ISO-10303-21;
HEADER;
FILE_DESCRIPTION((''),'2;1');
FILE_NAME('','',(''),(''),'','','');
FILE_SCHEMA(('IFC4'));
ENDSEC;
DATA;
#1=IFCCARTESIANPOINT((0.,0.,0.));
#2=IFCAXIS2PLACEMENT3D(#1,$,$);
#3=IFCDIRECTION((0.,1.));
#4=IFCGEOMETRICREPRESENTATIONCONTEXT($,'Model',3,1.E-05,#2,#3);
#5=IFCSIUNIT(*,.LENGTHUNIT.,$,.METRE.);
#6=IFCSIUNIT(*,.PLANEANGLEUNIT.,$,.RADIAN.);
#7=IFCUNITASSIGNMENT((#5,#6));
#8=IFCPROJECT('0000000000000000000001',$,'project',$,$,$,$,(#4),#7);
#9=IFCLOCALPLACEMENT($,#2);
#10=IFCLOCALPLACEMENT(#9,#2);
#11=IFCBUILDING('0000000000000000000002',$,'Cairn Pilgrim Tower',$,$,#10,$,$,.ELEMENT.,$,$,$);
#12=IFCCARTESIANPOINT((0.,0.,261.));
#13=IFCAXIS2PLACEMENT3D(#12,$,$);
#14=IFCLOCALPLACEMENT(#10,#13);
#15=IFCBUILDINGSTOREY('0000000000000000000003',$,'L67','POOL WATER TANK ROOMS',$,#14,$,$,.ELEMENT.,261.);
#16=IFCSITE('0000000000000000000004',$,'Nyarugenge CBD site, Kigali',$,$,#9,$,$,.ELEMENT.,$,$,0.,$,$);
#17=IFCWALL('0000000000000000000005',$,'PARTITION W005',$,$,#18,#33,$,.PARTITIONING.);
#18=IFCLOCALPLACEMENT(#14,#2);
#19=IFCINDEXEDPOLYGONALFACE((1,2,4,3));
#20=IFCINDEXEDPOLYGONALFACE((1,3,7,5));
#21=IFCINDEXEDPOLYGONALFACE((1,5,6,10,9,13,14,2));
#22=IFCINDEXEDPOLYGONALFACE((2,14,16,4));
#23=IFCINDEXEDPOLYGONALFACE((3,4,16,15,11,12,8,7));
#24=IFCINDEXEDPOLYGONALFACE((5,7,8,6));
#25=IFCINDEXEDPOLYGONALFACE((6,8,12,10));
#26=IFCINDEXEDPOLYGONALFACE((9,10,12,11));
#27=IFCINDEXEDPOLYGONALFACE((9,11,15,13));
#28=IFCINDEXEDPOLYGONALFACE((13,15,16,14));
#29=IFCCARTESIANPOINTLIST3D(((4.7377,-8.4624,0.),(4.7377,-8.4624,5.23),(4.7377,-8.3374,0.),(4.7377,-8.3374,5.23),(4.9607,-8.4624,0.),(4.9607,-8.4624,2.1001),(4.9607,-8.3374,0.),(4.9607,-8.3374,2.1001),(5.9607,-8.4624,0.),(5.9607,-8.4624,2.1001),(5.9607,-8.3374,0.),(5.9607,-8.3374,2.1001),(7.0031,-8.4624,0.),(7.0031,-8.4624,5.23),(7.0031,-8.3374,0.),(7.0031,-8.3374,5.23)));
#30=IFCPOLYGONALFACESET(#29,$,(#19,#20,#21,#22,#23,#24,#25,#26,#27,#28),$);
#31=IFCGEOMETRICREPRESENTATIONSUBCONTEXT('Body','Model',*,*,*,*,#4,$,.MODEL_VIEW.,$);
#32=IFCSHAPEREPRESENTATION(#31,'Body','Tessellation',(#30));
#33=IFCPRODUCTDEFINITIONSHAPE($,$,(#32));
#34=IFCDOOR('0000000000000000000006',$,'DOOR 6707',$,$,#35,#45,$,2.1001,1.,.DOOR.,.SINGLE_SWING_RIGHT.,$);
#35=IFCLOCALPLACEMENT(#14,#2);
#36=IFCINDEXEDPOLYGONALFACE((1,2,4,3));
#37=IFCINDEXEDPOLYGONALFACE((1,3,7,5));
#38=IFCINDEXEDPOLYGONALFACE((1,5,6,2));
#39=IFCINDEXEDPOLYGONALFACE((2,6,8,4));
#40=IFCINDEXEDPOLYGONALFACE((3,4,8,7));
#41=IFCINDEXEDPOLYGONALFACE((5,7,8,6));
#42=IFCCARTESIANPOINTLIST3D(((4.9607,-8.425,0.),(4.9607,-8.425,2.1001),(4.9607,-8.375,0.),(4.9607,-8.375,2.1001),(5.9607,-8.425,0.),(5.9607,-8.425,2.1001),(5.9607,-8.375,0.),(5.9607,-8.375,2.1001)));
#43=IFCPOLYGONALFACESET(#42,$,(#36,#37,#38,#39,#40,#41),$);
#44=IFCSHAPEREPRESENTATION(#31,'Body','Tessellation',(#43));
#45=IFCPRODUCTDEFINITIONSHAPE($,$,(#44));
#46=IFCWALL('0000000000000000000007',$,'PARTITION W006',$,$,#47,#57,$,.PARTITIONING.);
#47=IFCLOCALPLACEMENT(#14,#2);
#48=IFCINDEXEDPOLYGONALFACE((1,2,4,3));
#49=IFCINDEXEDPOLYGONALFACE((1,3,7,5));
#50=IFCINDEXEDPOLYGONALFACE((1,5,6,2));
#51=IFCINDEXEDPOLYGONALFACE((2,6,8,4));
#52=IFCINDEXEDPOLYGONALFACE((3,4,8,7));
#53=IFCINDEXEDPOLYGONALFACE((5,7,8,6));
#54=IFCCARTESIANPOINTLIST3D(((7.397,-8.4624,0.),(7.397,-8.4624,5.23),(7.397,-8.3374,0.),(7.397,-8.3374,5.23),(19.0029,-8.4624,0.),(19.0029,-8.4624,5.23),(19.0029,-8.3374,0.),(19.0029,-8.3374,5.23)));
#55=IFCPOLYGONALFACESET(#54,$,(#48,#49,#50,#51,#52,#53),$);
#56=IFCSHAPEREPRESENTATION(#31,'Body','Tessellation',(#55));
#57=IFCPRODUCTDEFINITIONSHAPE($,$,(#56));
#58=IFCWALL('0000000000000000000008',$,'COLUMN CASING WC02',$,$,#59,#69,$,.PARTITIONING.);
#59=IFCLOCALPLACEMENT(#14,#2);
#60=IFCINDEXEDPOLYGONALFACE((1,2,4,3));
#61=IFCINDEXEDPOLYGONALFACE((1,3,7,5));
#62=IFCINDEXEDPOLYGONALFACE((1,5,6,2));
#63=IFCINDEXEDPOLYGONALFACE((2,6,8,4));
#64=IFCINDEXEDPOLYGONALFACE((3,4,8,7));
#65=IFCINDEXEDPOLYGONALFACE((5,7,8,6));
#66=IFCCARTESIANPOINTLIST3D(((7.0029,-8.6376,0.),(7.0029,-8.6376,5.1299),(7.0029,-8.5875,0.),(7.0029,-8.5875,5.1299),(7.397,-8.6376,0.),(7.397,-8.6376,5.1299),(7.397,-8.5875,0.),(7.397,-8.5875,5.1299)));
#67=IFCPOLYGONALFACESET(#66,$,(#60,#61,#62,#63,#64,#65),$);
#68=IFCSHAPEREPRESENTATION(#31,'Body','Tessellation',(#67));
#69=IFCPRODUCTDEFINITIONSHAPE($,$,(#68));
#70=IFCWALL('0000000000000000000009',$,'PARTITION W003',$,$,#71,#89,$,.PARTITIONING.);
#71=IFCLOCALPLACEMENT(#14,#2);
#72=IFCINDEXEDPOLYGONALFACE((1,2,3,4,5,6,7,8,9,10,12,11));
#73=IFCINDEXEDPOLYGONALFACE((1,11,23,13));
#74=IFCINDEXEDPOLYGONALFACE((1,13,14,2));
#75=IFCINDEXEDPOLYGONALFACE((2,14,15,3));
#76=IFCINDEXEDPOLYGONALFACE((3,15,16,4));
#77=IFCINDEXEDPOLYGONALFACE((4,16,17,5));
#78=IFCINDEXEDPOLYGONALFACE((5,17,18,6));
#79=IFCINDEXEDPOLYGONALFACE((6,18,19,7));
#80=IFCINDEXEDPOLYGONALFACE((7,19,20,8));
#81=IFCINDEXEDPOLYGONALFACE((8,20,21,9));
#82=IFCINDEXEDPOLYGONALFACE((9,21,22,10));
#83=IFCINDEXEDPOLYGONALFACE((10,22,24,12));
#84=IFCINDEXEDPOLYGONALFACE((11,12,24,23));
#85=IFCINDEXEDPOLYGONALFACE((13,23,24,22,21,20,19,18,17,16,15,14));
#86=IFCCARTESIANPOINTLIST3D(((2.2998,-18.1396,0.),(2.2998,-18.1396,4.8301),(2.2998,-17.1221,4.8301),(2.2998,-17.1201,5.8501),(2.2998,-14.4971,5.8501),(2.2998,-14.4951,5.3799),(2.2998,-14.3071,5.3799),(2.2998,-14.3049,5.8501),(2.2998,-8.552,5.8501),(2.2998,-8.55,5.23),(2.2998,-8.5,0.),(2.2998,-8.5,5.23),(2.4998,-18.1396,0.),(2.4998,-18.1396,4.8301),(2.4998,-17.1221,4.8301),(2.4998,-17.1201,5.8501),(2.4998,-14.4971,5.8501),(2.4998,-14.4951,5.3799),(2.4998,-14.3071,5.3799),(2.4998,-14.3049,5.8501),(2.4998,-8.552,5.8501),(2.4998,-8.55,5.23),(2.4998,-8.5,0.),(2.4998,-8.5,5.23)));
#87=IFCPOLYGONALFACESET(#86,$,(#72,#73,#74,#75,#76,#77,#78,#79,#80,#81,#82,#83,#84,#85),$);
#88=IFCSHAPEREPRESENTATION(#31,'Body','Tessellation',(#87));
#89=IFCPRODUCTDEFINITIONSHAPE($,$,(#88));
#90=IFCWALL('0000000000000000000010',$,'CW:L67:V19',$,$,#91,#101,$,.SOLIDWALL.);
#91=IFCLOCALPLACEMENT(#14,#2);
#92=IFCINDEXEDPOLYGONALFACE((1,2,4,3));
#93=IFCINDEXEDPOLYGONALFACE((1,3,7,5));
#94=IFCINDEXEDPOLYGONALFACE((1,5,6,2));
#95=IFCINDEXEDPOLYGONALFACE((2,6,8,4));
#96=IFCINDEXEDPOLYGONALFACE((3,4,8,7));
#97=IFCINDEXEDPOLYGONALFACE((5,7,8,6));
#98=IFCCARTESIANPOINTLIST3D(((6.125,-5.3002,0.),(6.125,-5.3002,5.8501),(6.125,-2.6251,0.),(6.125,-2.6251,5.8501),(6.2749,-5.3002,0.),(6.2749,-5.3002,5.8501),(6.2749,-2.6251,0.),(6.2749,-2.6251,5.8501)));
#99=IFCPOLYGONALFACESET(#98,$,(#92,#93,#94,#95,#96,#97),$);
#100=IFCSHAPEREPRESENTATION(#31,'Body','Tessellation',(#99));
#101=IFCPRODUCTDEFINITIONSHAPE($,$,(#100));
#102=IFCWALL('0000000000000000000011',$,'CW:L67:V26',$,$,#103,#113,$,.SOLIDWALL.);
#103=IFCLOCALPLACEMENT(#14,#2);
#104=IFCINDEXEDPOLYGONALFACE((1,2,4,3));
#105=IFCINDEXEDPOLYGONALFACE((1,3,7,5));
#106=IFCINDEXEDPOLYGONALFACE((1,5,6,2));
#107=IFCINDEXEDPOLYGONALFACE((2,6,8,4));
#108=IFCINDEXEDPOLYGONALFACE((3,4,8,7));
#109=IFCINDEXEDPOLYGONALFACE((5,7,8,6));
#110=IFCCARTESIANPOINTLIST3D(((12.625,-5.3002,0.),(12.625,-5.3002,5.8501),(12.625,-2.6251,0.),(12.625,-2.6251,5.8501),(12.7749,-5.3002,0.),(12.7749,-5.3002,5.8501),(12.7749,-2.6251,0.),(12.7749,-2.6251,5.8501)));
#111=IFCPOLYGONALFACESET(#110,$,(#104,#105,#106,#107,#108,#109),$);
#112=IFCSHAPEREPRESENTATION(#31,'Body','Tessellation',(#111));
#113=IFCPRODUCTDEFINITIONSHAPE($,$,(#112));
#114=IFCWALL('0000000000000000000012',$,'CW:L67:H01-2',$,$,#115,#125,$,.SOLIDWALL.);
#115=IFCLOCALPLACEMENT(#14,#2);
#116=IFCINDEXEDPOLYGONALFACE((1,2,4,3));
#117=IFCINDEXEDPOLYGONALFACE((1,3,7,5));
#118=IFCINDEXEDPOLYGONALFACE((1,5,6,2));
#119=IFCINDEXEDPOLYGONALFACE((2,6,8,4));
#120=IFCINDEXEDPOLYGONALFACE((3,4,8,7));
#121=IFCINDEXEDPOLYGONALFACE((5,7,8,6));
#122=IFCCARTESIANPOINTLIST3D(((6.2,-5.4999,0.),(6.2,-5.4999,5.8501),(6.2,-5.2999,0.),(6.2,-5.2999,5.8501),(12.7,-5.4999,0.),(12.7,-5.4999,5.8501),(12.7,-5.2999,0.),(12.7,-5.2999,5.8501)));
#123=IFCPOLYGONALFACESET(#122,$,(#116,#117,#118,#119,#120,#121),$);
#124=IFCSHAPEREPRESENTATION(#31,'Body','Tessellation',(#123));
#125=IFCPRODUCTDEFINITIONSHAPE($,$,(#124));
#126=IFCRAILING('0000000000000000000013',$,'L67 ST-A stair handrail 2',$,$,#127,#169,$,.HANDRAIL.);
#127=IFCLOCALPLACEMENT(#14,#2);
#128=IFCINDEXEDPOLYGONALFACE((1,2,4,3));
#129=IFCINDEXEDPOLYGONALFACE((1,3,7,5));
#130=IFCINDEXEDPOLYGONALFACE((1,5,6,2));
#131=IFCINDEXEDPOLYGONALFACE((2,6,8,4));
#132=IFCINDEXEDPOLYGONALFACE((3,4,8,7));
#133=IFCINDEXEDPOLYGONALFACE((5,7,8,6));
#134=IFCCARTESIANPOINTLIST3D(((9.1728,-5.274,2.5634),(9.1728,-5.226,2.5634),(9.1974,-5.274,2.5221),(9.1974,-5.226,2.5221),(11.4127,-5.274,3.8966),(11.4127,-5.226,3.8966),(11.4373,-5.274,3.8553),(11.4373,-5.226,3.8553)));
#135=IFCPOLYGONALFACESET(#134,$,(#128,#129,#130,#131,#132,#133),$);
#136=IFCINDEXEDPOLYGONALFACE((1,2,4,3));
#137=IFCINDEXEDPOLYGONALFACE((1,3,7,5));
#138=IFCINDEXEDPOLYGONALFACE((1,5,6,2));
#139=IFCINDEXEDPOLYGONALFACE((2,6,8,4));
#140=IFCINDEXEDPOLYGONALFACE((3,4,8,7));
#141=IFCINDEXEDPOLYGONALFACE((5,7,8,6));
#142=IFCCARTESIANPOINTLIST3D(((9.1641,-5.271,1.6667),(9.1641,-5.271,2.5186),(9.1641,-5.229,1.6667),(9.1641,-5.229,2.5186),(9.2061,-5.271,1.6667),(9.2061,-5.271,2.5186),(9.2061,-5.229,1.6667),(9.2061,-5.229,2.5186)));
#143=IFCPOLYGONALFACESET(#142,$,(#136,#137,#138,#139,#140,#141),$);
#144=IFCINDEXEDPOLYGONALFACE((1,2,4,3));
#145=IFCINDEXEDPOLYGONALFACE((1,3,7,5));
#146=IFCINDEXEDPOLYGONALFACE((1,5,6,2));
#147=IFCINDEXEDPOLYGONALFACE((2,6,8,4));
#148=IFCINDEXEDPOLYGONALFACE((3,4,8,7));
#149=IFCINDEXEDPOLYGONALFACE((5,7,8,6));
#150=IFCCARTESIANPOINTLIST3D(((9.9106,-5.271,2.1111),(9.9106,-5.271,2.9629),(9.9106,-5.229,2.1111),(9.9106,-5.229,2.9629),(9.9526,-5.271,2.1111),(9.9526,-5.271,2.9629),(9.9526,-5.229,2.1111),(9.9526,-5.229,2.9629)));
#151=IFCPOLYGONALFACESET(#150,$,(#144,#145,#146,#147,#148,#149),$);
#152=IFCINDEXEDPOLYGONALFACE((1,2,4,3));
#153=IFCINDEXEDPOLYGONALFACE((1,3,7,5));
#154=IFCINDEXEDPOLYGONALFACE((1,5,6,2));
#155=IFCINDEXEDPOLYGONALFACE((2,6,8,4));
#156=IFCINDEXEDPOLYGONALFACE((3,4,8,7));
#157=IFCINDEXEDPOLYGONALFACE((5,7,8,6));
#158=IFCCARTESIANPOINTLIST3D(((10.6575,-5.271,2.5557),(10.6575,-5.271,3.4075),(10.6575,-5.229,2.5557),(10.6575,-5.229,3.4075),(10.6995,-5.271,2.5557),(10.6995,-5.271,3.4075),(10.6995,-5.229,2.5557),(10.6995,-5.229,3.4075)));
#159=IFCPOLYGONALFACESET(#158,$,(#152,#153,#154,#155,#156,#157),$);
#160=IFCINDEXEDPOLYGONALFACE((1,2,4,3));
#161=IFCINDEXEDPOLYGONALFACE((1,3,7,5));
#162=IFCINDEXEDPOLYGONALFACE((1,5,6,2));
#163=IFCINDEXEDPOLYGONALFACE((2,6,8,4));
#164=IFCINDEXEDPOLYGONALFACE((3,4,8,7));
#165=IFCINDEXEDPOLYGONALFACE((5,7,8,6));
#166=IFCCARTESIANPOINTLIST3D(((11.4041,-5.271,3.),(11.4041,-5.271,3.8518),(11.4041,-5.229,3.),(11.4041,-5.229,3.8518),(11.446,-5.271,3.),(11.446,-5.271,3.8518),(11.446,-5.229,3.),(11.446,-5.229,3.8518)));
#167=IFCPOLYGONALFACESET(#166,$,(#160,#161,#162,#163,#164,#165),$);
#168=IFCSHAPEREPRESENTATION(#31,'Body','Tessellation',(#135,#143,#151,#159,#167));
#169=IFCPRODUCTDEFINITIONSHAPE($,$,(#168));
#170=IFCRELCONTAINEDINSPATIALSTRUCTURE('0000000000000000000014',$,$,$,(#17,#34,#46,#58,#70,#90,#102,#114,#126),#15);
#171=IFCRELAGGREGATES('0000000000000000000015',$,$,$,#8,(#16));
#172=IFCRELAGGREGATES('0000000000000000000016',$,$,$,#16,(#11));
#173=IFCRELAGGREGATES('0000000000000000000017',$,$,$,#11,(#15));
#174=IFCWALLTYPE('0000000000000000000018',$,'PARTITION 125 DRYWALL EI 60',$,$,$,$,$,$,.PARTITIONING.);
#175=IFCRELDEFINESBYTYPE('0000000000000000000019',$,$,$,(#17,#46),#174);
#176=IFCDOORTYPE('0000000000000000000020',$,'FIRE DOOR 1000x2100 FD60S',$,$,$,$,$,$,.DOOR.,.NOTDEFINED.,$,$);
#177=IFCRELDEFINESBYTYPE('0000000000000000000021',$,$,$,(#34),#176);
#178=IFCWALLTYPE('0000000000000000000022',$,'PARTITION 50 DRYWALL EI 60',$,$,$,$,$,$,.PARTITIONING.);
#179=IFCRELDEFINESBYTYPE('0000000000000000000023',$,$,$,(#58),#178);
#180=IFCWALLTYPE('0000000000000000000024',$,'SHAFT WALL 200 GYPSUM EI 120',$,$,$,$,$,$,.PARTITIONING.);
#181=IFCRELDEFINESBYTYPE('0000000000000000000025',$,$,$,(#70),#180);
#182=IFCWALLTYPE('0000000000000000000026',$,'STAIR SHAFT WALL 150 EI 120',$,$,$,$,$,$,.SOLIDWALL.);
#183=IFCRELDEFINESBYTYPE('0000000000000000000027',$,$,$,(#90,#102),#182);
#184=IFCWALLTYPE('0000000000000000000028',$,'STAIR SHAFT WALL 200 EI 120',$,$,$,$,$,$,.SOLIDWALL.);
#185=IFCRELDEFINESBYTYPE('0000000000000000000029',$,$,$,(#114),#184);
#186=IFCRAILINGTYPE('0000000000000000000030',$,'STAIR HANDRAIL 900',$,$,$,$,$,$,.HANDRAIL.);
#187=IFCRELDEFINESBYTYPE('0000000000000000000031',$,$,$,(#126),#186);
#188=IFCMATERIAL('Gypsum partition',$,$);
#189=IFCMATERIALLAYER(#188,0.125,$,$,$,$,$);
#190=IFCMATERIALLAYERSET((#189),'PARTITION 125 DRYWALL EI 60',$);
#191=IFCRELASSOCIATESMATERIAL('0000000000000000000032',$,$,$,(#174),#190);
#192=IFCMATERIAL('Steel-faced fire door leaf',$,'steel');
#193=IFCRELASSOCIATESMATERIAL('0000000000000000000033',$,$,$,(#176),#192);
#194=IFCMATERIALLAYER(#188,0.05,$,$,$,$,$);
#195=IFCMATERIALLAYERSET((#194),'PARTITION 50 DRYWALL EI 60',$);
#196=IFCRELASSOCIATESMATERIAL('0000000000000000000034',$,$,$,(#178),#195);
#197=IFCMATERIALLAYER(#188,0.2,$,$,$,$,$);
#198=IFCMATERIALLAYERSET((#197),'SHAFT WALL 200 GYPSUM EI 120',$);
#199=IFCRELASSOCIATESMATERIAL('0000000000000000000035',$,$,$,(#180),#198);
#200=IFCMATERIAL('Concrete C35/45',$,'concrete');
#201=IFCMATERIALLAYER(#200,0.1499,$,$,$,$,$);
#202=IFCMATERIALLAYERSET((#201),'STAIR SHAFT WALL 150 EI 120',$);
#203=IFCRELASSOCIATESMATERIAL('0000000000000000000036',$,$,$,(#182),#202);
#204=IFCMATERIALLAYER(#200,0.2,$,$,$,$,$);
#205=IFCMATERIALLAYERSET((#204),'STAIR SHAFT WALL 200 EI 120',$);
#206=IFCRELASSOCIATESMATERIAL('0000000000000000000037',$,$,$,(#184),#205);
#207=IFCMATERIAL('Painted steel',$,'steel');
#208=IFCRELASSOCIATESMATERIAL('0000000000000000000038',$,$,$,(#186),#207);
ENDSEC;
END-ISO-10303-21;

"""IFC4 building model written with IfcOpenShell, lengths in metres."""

from ifc_helpers import new_model, si_unit, direction, frame, frame_2d, origin, origin_2d, place, context, subcontext, project, spatial, polyline, rectangle, outline, extrude, material, layer, layer_set, type_object, element, fill, save


model = new_model("IFC4")

# Units and contexts
model_context = context("Model", 3, precision=1e-05, world=origin(), true_north=direction((0.0, 1.0)))
body_context = subcontext(model_context, "Body", "Model", "MODEL_VIEW")
ifc_project = project(units=[si_unit("LENGTHUNIT", "METRE"), si_unit("PLANEANGLEUNIT", "RADIAN")], contexts=[model_context])

# Site, building, storey
site_placement = place(None, origin())
site = spatial("IfcSite", under=ifc_project, at=site_placement, Name="Nyarugenge CBD site, Kigali", CompositionType="ELEMENT", RefElevation=0.0)
building_placement = place(site_placement, origin())
building = spatial("IfcBuilding", under=site, at=building_placement, Name="Cairn Pilgrim Tower", CompositionType="ELEMENT")
storey_placement = place(building_placement, frame((0.0, 0.0, 261.0)))
storey = spatial("IfcBuildingStorey", under=building, at=storey_placement, Name="L67", Description="POOL WATER TANK ROOMS", CompositionType="ELEMENT", Elevation=261.0)

# Shared definitions
ifc_material_1 = material(Name="Painted steel", Category="steel")

# Wall, opening, door
ifc_material_2 = material(Name="Gypsum partition")
ifc_layer_1 = layer(ifc_material_2, 0.125)
ifc_layer_set_1 = layer_set([ifc_layer_1], Name="PARTITION 125 DRYWALL EI 60")
wall_type_1 = type_object("IfcWallType", Name="PARTITION 125 DRYWALL EI 60", PredefinedType="PARTITIONING", material=ifc_layer_set_1)
wall_1_placement = place(storey_placement, frame((4.7375, -8.3999, 0.0), z_axis=(0.0, 0.0, 1.0), x_axis=(1.0, 0.0, 0.0)))
wall_1 = element("IfcWall", 1, at=wall_1_placement, inside=storey, type_object=wall_type_1, Name="PARTITION W005", PredefinedType="PARTITIONING", context=body_context, shape_type="SweptSolid", body=[
    extrude(rectangle(XDim=2.2654, YDim=0.125, at=frame_2d((1.1328, 0.0))), origin(), (0.0, 0.0, 1.0), 5.23),
])
opening_1_placement = place(wall_1_placement, frame((0.2231, 0.0, 0.0)))
opening_1 = element("IfcOpeningElement", 2, at=opening_1_placement, cuts=wall_1, PredefinedType="OPENING", context=body_context, shape_type="SweptSolid", body=[
    extrude(rectangle(XDim=1.0, YDim=2.1001, at=frame_2d((0.5, 1.05))), frame((0.0, 0.0725, 0.0), z_axis=(0.0, -1.0, 0.0), x_axis=(1.0, 0.0, 0.0)), (0.0, 0.0, 1.0), 0.145),
])
ifc_material_3 = material(Name="Steel-faced fire door leaf", Category="steel")
door_type_1 = type_object("IfcDoorType", Name="FIRE DOOR 1000x2100 FD60S", OperationType="NOTDEFINED", PredefinedType="DOOR", material=ifc_material_3)
door_1_placement = place(opening_1_placement, origin())
door_1 = element("IfcDoor", 3, at=door_1_placement, inside=storey, type_object=door_type_1, Name="DOOR 6707", OperationType="SINGLE_SWING_RIGHT", OverallHeight=2.1001, OverallWidth=1.0, PredefinedType="DOOR", context=body_context, shape_type="SweptSolid", body=[
    extrude(rectangle(XDim=1.0, YDim=2.1001, at=frame_2d((0.5, 1.05))), frame((0.0, 0.0249, 0.0), z_axis=(0.0, -1.0, 0.0), x_axis=(1.0, 0.0, 0.0)), (0.0, 0.0, 1.0), 0.05),
])
fill(opening_1, door_1)

# Walls
wall_2_placement = place(storey_placement, frame((7.397, -8.3999, 0.0), z_axis=(0.0, 0.0, 1.0), x_axis=(1.0, 0.0, 0.0)))
element("IfcWall", 4, at=wall_2_placement, inside=storey, type_object=wall_type_1, Name="PARTITION W006", PredefinedType="PARTITIONING", context=body_context, shape_type="SweptSolid", body=[
    extrude(rectangle(XDim=11.606, YDim=0.125, at=frame_2d((5.803, 0.0))), origin(), (0.0, 0.0, 1.0), 5.23),
])
ifc_layer_2 = layer(ifc_material_2, 0.05)
ifc_layer_set_2 = layer_set([ifc_layer_2], Name="PARTITION 50 DRYWALL EI 60")
wall_type_2 = type_object("IfcWallType", Name="PARTITION 50 DRYWALL EI 60", PredefinedType="PARTITIONING", material=ifc_layer_set_2)
wall_3_placement = place(storey_placement, frame((7.0029, -8.6125, 0.0), z_axis=(0.0, 0.0, 1.0), x_axis=(1.0, 0.0, 0.0)))
element("IfcWall", 5, at=wall_3_placement, inside=storey, type_object=wall_type_2, Name="COLUMN CASING WC02", PredefinedType="PARTITIONING", context=body_context, shape_type="SweptSolid", body=[
    extrude(rectangle(XDim=0.394, YDim=0.05, at=frame_2d((0.197, 0.0))), origin(), (0.0, 0.0, 1.0), 5.1299),
])
ifc_layer_3 = layer(ifc_material_2, 0.2)
ifc_layer_set_3 = layer_set([ifc_layer_3], Name="SHAFT WALL 200 GYPSUM EI 120")
wall_type_3 = type_object("IfcWallType", Name="SHAFT WALL 200 GYPSUM EI 120", PredefinedType="PARTITIONING", material=ifc_layer_set_3)
wall_4_placement = place(storey_placement, frame((2.3999, -18.1396, 0.0), z_axis=(0.0, 0.0, 1.0), x_axis=(0.0, 1.0, 0.0)))
element("IfcWall", 6, at=wall_4_placement, inside=storey, type_object=wall_type_3, Name="PARTITION W003", PredefinedType="PARTITIONING", context=body_context, shape_type="SweptSolid", body=[
    extrude(outline(polyline([(0.0, 0.0), (9.6396, 0.0), (9.6396, 5.23), (9.5896, 5.23), (9.5876, 5.8501), (3.8347, 5.8501), (3.8325, 5.3799), (3.6445, 5.3799), (3.6426, 5.8501), (1.0195, 5.8501), (1.0176, 4.8301), (0.0, 4.8301), (0.0, 0.0)])), frame((0.0, 0.1001, 0.0), z_axis=(0.0, -1.0, 0.0), x_axis=(1.0, 0.0, 0.0)), (0.0, 0.0, 1.0), 0.2),
])
ifc_material_4 = material(Name="Concrete C35/45", Category="concrete")
ifc_layer_4 = layer(ifc_material_4, 0.1499)
ifc_layer_set_4 = layer_set([ifc_layer_4], Name="STAIR SHAFT WALL 150 EI 120")
wall_type_4 = type_object("IfcWallType", Name="STAIR SHAFT WALL 150 EI 120", PredefinedType="SOLIDWALL", material=ifc_layer_set_4)
for number, where, z_axis, x_axis, name in (
    (7, (6.2, -5.3, 0.0), (0.0, 0.0, 1.0), (0.0, 1.0, 0.0), "CW:L67:V19"),
    (8, (12.7, -5.3, 0.0), (0.0, 0.0, 1.0), (0.0, 1.0, 0.0), "CW:L67:V26"),
):
    element("IfcWall", number, at=place(storey_placement, frame(where, z_axis=z_axis, x_axis=x_axis)), inside=storey, type_object=wall_type_4, Name=name, PredefinedType="SOLIDWALL", context=body_context, shape_type="SweptSolid", body=[
        extrude(rectangle(XDim=2.675, YDim=0.1499, at=frame_2d((1.3374, 0.0))), origin(), (0.0, 0.0, 1.0), 5.8501),
    ])
ifc_layer_5 = layer(ifc_material_4, 0.2)
ifc_layer_set_5 = layer_set([ifc_layer_5], Name="STAIR SHAFT WALL 200 EI 120")
wall_type_5 = type_object("IfcWallType", Name="STAIR SHAFT WALL 200 EI 120", PredefinedType="SOLIDWALL", material=ifc_layer_set_5)
wall_5_placement = place(storey_placement, frame((6.2, -5.3999, 0.0), z_axis=(0.0, 0.0, 1.0), x_axis=(1.0, 0.0, 0.0)))
element("IfcWall", 9, at=wall_5_placement, inside=storey, type_object=wall_type_5, Name="CW:L67:H01-2", PredefinedType="SOLIDWALL", context=body_context, shape_type="SweptSolid", body=[
    extrude(rectangle(XDim=6.5, YDim=0.2, at=frame_2d((3.25, 0.0))), origin(), (0.0, 0.0, 1.0), 5.8501),
])

# Railing
railing_type = type_object("IfcRailingType", Name="STAIR HANDRAIL 900", PredefinedType="HANDRAIL", material=ifc_material_1)
railing_placement = place(storey_placement, frame((9.1851, -5.25, 1.6667)))
element("IfcRailing", 10, at=railing_placement, inside=storey, type_object=railing_type, Name="L67 ST-A stair handrail 2", PredefinedType="HANDRAIL", context=body_context, shape_type="SweptSolid", body=[
    extrude(rectangle(XDim=0.0481, YDim=0.0481, at=origin_2d()), frame((0.0, 0.0, 0.876), z_axis=(0.859306, 0.0, 0.511462), x_axis=(0.0, 1.0, 0.0)), (0.0, 0.0, 1.0), 2.6067),
    extrude(rectangle(XDim=0.042, YDim=0.042, at=origin_2d()), origin(), (0.0, 0.0, 1.0), 0.8518),
    extrude(rectangle(XDim=0.042, YDim=0.042, at=origin_2d()), frame((0.7466, 0.0, 0.4443)), (0.0, 0.0, 1.0), 0.8518),
    extrude(rectangle(XDim=0.042, YDim=0.042, at=origin_2d()), frame((1.4934, 0.0, 0.8889)), (0.0, 0.0, 1.0), 0.8518),
    extrude(rectangle(XDim=0.042, YDim=0.042, at=origin_2d()), frame((2.24, 0.0, 1.3333)), (0.0, 0.0, 1.0), 0.8518),
])

save(model, "model.ifc")
